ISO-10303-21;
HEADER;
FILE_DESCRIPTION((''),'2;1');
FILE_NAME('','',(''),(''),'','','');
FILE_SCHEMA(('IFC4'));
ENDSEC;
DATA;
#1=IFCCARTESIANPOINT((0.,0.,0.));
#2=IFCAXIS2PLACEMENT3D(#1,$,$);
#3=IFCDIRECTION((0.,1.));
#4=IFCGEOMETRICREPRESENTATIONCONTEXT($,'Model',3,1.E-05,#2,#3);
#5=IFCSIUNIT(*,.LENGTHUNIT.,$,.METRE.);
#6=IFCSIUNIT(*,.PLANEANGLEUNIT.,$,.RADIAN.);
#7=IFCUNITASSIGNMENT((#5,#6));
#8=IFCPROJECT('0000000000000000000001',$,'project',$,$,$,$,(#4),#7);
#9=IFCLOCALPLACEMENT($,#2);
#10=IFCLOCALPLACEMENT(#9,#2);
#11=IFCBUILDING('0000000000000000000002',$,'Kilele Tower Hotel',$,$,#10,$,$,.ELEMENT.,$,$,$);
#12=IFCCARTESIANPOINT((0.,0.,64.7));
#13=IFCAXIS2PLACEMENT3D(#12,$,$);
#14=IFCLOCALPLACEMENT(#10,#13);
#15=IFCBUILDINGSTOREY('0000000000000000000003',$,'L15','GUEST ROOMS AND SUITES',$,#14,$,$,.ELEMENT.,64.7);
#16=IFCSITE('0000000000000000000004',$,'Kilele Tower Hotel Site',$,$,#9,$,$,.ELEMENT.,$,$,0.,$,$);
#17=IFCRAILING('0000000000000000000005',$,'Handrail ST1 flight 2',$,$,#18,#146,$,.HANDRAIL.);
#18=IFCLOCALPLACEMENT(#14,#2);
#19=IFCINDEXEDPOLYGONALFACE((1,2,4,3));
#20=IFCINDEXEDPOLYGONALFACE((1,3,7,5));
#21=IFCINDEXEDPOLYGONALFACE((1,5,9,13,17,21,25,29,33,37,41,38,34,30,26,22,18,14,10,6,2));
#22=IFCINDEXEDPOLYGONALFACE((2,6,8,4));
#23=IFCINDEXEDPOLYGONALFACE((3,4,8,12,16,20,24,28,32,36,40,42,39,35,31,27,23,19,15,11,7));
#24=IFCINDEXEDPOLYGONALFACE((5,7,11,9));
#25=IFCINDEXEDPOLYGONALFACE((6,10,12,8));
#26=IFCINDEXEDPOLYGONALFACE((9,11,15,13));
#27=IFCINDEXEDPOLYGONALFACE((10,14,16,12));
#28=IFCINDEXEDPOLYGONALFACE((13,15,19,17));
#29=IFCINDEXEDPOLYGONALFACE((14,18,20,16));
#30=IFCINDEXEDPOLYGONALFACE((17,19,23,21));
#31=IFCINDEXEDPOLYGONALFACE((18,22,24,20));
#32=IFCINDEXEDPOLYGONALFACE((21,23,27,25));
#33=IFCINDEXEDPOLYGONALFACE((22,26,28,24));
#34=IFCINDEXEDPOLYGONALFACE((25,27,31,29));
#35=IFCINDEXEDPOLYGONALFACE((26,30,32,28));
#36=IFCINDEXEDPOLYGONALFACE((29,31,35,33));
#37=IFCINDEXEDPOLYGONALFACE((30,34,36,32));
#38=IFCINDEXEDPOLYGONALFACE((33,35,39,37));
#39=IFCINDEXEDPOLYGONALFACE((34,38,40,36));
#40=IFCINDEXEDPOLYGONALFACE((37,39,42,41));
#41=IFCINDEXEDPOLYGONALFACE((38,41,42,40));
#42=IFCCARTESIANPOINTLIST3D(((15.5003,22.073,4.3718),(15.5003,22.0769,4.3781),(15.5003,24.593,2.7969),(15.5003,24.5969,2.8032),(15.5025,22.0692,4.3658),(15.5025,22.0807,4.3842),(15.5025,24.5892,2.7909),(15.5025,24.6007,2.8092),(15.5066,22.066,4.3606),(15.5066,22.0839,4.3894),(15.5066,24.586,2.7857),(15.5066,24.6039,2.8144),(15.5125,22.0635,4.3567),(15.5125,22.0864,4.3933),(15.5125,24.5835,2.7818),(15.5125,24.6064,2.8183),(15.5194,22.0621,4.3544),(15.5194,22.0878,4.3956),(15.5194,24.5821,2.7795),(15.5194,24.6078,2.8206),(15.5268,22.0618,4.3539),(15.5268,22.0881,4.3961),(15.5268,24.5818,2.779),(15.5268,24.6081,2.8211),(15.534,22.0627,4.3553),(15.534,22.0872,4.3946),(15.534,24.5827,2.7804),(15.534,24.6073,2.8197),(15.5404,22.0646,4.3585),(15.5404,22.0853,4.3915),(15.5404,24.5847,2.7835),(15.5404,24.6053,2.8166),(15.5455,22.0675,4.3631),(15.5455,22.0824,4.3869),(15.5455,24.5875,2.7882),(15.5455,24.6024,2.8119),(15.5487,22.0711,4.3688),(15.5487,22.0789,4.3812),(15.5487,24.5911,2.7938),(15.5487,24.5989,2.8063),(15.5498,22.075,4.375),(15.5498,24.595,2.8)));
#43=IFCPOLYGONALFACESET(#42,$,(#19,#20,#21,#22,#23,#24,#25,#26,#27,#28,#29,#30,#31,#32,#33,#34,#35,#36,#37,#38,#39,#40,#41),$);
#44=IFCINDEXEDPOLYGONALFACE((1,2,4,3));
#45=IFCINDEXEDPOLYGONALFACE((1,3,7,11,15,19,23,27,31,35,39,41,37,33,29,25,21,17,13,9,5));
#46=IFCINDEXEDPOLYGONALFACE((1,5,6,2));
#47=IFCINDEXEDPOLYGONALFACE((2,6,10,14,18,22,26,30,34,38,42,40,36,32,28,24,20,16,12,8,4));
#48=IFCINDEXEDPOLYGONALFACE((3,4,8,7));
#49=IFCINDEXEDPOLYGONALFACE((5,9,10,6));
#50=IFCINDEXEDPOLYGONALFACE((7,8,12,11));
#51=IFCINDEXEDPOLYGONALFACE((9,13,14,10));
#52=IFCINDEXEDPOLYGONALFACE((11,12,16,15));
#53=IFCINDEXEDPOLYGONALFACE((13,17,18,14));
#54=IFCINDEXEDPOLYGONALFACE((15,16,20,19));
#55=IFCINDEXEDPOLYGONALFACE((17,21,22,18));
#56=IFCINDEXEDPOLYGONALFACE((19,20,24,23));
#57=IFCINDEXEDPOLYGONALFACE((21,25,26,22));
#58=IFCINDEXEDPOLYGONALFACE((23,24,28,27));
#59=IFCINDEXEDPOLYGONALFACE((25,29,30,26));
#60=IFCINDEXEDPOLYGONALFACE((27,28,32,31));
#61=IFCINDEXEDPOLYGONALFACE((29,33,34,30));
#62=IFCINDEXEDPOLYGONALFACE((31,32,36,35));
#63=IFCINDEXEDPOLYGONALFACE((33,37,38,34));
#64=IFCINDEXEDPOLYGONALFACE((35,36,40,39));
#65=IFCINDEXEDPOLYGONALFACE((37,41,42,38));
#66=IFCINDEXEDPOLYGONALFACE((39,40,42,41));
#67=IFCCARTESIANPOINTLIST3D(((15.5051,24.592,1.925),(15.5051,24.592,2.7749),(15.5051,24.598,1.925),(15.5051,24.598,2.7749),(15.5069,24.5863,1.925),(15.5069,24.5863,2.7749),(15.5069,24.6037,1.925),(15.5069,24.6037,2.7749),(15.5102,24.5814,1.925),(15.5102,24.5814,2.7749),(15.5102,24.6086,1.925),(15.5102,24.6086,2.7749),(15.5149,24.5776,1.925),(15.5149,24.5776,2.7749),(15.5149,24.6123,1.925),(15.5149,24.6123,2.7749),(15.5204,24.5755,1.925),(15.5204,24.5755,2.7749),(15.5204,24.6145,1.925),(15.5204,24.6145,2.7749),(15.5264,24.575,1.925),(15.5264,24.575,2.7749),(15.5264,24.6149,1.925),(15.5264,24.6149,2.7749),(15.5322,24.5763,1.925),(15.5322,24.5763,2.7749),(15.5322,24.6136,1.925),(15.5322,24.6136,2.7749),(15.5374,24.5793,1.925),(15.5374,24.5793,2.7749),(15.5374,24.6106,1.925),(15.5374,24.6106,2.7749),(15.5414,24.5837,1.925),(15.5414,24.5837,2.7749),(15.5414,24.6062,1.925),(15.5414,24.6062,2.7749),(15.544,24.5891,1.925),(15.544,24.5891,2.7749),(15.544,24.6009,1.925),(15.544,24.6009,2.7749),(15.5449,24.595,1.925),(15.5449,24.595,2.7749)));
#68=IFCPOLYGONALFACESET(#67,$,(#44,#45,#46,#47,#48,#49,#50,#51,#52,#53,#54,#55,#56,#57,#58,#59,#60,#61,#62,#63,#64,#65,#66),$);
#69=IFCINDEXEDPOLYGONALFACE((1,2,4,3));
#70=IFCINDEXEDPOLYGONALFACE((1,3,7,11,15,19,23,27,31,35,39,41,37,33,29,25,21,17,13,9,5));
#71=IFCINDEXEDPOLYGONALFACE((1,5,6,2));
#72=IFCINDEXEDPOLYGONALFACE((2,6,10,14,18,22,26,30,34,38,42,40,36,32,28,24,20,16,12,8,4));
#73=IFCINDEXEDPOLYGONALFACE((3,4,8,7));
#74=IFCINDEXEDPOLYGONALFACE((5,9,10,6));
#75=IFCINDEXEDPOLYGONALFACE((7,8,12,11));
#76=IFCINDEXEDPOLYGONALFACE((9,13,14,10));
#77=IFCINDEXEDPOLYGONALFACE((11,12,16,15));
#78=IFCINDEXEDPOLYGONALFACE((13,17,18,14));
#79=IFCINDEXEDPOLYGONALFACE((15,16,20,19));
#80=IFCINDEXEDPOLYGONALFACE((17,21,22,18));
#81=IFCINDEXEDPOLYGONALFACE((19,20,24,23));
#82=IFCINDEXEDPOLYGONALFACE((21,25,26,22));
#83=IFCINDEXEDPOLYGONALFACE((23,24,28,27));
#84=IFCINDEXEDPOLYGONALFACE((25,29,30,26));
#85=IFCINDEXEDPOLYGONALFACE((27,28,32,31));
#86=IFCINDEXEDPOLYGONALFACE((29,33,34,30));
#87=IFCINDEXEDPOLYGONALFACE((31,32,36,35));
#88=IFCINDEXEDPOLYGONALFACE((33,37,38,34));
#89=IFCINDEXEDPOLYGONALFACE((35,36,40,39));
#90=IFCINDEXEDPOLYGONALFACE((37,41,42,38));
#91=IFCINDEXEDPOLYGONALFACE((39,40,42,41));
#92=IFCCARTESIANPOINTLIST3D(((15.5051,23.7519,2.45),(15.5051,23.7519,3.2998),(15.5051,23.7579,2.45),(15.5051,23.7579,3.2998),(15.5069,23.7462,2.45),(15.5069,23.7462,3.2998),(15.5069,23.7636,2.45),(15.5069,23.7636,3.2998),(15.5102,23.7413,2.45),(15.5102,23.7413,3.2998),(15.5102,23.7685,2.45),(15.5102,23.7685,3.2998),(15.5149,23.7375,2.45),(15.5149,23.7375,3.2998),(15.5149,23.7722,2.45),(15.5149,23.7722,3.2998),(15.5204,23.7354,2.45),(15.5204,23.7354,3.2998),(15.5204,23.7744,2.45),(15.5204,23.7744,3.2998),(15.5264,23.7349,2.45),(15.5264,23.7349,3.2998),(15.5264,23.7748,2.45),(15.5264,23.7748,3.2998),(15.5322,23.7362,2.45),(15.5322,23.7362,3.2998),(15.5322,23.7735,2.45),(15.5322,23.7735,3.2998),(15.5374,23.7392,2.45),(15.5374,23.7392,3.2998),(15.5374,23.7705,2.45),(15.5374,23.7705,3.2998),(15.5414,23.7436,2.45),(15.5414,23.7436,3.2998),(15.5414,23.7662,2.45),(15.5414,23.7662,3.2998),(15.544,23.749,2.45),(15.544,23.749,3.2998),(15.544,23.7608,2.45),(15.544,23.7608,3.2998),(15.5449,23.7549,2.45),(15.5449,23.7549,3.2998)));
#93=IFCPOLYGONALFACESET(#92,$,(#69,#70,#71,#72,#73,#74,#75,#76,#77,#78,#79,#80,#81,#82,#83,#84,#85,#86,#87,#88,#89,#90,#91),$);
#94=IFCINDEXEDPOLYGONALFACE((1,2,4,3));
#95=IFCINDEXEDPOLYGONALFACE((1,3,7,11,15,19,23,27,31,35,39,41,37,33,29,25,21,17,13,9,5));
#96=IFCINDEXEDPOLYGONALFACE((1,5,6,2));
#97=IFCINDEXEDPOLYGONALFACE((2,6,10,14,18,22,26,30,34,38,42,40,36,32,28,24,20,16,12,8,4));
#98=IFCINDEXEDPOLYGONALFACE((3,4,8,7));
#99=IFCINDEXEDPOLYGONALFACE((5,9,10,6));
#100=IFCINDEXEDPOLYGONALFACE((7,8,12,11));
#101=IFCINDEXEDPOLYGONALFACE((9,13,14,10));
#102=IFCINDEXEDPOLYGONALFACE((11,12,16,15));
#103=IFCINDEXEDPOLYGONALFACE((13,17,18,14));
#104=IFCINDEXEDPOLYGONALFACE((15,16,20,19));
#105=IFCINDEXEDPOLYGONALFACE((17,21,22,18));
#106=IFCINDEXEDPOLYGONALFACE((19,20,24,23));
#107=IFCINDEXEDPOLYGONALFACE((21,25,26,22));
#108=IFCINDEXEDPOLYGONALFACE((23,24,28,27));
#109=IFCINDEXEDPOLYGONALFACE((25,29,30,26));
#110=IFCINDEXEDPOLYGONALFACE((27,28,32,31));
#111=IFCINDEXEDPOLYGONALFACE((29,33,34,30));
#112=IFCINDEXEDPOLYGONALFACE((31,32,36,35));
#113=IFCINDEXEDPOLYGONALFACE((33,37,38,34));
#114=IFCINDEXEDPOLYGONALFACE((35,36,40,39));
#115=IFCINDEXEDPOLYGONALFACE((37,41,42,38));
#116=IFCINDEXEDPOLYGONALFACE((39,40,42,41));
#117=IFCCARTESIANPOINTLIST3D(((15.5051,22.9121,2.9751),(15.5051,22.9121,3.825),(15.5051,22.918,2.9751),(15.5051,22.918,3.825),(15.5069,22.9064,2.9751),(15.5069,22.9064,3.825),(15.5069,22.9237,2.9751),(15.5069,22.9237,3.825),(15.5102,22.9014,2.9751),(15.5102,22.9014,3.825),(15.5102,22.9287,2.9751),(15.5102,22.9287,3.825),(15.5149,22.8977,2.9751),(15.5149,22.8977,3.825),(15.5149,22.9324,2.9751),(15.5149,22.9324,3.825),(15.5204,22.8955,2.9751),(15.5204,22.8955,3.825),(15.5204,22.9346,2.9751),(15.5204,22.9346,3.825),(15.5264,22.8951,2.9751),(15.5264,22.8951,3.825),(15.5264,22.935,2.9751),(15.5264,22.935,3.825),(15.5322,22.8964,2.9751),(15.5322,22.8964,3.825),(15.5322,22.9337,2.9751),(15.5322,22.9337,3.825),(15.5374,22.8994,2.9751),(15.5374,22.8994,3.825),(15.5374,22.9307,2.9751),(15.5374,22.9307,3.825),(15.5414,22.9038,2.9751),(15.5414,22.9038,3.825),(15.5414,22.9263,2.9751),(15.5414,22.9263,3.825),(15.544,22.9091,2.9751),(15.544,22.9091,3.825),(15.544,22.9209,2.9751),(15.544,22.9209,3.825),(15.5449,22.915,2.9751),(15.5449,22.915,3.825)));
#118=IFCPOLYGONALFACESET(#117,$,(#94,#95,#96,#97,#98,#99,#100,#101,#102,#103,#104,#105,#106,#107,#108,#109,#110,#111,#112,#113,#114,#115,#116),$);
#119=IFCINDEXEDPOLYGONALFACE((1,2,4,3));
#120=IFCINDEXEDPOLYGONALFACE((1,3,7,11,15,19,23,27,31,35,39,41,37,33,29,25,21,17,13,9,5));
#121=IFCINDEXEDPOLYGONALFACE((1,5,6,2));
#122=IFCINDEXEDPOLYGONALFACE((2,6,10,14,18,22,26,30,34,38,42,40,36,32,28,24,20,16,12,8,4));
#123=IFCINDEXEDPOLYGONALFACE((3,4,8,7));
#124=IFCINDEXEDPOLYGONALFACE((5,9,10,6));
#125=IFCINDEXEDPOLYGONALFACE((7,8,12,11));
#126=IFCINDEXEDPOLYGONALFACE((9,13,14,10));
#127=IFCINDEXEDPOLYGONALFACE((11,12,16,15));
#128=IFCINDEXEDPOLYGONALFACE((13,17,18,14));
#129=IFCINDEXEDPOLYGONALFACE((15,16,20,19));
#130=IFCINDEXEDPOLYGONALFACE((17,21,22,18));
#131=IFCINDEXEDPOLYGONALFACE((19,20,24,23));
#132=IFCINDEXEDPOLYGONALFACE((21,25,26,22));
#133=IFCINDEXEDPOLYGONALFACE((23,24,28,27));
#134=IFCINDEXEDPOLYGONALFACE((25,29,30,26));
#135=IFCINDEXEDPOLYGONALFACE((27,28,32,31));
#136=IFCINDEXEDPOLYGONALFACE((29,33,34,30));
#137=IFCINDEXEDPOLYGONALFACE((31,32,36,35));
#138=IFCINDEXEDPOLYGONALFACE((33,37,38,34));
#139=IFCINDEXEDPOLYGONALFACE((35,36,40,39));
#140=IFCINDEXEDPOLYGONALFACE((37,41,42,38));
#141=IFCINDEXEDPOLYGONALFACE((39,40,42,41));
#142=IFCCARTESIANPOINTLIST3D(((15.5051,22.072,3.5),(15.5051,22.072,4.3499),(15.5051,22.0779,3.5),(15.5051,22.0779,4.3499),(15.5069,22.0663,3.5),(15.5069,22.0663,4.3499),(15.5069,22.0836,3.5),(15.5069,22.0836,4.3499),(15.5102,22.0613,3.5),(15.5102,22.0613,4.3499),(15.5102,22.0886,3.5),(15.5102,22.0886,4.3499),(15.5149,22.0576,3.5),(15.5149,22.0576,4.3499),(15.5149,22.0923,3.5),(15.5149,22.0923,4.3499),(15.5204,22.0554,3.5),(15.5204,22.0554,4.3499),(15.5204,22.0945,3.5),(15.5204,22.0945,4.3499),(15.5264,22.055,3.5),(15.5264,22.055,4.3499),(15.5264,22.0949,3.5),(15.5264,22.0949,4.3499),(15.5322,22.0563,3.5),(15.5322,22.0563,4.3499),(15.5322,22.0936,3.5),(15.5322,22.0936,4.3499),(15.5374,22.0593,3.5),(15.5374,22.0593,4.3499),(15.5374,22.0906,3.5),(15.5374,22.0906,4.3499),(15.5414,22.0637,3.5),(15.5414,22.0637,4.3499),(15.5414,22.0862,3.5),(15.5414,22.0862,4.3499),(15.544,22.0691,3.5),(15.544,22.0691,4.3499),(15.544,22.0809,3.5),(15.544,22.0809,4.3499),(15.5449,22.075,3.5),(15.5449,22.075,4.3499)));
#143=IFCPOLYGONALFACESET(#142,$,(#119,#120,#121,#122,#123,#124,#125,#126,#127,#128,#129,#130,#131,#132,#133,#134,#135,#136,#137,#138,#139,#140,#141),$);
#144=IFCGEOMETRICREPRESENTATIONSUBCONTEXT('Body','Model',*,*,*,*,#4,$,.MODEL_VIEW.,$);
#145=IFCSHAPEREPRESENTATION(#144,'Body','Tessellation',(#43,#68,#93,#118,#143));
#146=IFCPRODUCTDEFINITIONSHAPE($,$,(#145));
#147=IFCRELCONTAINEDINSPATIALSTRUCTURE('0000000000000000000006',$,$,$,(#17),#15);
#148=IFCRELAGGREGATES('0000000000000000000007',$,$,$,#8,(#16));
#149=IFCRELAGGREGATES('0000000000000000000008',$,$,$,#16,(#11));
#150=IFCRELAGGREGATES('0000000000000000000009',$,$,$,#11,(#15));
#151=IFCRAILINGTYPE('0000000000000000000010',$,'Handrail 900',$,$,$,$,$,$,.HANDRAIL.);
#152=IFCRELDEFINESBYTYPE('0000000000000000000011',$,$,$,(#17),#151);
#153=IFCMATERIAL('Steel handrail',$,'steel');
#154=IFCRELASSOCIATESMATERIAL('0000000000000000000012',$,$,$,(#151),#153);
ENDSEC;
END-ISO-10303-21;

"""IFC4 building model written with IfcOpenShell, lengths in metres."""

from ifc_helpers import new_model, si_unit, direction, frame, origin, origin_2d, place, context, subcontext, project, spatial, circle, extrude, material, type_object, element, save


model = new_model("IFC4")

# Units and contexts
model_context = context("Model", 3, precision=1e-05, world=origin(), true_north=direction((0.0, 1.0)))
body_context = subcontext(model_context, "Body", "Model", "MODEL_VIEW")
ifc_project = project(units=[si_unit("LENGTHUNIT", "METRE"), si_unit("PLANEANGLEUNIT", "RADIAN")], contexts=[model_context])

# Site, building, storey
site_placement = place(None, origin())
site = spatial("IfcSite", under=ifc_project, at=site_placement, Name="Kilele Tower Hotel Site", CompositionType="ELEMENT", RefElevation=0.0)
building_placement = place(site_placement, origin())
building = spatial("IfcBuilding", under=site, at=building_placement, Name="Kilele Tower Hotel", CompositionType="ELEMENT")
storey_placement = place(building_placement, frame((0.0, 0.0, 64.7)))
storey = spatial("IfcBuildingStorey", under=building, at=storey_placement, Name="L15", Description="GUEST ROOMS AND SUITES", CompositionType="ELEMENT", Elevation=64.7)

# Railing
ifc_material_1 = material(Name="Steel handrail", Category="steel")
railing_type_1 = type_object("IfcRailingType", Name="Handrail 900", PredefinedType="HANDRAIL", material=ifc_material_1)
for number, where, name in (
    (1, (15.5249, 24.595, 1.925), "Handrail ST1 flight 2"),
):
    element("IfcRailing", number, at=place(storey_placement, frame(where)), inside=storey, type_object=railing_type_1, Name=name, PredefinedType="HANDRAIL", context=body_context, shape_type="SweptSolid", body=[
        extrude(circle(Radius=0.0249, at=origin_2d()), frame((0.0, 0.0, 0.875), z_axis=(0.0, -0.848008, 0.529984), x_axis=(1.0, 0.0, 0.0)), (0.0, 0.0, 1.0), 2.9717),
        extrude(circle(Radius=0.02, at=origin_2d()), origin(), (0.0, 0.0, 1.0), 0.8499),
        extrude(circle(Radius=0.02, at=origin_2d()), frame((0.0, -0.8401, 0.5249)), (0.0, 0.0, 1.0), 0.8499),
        extrude(circle(Radius=0.02, at=origin_2d()), frame((0.0, -1.6799, 1.05)), (0.0, 0.0, 1.0), 0.8499),
        extrude(circle(Radius=0.02, at=origin_2d()), frame((0.0, -2.52, 1.575)), (0.0, 0.0, 1.0), 0.8499),
    ])

save(model, "model.ifc")
